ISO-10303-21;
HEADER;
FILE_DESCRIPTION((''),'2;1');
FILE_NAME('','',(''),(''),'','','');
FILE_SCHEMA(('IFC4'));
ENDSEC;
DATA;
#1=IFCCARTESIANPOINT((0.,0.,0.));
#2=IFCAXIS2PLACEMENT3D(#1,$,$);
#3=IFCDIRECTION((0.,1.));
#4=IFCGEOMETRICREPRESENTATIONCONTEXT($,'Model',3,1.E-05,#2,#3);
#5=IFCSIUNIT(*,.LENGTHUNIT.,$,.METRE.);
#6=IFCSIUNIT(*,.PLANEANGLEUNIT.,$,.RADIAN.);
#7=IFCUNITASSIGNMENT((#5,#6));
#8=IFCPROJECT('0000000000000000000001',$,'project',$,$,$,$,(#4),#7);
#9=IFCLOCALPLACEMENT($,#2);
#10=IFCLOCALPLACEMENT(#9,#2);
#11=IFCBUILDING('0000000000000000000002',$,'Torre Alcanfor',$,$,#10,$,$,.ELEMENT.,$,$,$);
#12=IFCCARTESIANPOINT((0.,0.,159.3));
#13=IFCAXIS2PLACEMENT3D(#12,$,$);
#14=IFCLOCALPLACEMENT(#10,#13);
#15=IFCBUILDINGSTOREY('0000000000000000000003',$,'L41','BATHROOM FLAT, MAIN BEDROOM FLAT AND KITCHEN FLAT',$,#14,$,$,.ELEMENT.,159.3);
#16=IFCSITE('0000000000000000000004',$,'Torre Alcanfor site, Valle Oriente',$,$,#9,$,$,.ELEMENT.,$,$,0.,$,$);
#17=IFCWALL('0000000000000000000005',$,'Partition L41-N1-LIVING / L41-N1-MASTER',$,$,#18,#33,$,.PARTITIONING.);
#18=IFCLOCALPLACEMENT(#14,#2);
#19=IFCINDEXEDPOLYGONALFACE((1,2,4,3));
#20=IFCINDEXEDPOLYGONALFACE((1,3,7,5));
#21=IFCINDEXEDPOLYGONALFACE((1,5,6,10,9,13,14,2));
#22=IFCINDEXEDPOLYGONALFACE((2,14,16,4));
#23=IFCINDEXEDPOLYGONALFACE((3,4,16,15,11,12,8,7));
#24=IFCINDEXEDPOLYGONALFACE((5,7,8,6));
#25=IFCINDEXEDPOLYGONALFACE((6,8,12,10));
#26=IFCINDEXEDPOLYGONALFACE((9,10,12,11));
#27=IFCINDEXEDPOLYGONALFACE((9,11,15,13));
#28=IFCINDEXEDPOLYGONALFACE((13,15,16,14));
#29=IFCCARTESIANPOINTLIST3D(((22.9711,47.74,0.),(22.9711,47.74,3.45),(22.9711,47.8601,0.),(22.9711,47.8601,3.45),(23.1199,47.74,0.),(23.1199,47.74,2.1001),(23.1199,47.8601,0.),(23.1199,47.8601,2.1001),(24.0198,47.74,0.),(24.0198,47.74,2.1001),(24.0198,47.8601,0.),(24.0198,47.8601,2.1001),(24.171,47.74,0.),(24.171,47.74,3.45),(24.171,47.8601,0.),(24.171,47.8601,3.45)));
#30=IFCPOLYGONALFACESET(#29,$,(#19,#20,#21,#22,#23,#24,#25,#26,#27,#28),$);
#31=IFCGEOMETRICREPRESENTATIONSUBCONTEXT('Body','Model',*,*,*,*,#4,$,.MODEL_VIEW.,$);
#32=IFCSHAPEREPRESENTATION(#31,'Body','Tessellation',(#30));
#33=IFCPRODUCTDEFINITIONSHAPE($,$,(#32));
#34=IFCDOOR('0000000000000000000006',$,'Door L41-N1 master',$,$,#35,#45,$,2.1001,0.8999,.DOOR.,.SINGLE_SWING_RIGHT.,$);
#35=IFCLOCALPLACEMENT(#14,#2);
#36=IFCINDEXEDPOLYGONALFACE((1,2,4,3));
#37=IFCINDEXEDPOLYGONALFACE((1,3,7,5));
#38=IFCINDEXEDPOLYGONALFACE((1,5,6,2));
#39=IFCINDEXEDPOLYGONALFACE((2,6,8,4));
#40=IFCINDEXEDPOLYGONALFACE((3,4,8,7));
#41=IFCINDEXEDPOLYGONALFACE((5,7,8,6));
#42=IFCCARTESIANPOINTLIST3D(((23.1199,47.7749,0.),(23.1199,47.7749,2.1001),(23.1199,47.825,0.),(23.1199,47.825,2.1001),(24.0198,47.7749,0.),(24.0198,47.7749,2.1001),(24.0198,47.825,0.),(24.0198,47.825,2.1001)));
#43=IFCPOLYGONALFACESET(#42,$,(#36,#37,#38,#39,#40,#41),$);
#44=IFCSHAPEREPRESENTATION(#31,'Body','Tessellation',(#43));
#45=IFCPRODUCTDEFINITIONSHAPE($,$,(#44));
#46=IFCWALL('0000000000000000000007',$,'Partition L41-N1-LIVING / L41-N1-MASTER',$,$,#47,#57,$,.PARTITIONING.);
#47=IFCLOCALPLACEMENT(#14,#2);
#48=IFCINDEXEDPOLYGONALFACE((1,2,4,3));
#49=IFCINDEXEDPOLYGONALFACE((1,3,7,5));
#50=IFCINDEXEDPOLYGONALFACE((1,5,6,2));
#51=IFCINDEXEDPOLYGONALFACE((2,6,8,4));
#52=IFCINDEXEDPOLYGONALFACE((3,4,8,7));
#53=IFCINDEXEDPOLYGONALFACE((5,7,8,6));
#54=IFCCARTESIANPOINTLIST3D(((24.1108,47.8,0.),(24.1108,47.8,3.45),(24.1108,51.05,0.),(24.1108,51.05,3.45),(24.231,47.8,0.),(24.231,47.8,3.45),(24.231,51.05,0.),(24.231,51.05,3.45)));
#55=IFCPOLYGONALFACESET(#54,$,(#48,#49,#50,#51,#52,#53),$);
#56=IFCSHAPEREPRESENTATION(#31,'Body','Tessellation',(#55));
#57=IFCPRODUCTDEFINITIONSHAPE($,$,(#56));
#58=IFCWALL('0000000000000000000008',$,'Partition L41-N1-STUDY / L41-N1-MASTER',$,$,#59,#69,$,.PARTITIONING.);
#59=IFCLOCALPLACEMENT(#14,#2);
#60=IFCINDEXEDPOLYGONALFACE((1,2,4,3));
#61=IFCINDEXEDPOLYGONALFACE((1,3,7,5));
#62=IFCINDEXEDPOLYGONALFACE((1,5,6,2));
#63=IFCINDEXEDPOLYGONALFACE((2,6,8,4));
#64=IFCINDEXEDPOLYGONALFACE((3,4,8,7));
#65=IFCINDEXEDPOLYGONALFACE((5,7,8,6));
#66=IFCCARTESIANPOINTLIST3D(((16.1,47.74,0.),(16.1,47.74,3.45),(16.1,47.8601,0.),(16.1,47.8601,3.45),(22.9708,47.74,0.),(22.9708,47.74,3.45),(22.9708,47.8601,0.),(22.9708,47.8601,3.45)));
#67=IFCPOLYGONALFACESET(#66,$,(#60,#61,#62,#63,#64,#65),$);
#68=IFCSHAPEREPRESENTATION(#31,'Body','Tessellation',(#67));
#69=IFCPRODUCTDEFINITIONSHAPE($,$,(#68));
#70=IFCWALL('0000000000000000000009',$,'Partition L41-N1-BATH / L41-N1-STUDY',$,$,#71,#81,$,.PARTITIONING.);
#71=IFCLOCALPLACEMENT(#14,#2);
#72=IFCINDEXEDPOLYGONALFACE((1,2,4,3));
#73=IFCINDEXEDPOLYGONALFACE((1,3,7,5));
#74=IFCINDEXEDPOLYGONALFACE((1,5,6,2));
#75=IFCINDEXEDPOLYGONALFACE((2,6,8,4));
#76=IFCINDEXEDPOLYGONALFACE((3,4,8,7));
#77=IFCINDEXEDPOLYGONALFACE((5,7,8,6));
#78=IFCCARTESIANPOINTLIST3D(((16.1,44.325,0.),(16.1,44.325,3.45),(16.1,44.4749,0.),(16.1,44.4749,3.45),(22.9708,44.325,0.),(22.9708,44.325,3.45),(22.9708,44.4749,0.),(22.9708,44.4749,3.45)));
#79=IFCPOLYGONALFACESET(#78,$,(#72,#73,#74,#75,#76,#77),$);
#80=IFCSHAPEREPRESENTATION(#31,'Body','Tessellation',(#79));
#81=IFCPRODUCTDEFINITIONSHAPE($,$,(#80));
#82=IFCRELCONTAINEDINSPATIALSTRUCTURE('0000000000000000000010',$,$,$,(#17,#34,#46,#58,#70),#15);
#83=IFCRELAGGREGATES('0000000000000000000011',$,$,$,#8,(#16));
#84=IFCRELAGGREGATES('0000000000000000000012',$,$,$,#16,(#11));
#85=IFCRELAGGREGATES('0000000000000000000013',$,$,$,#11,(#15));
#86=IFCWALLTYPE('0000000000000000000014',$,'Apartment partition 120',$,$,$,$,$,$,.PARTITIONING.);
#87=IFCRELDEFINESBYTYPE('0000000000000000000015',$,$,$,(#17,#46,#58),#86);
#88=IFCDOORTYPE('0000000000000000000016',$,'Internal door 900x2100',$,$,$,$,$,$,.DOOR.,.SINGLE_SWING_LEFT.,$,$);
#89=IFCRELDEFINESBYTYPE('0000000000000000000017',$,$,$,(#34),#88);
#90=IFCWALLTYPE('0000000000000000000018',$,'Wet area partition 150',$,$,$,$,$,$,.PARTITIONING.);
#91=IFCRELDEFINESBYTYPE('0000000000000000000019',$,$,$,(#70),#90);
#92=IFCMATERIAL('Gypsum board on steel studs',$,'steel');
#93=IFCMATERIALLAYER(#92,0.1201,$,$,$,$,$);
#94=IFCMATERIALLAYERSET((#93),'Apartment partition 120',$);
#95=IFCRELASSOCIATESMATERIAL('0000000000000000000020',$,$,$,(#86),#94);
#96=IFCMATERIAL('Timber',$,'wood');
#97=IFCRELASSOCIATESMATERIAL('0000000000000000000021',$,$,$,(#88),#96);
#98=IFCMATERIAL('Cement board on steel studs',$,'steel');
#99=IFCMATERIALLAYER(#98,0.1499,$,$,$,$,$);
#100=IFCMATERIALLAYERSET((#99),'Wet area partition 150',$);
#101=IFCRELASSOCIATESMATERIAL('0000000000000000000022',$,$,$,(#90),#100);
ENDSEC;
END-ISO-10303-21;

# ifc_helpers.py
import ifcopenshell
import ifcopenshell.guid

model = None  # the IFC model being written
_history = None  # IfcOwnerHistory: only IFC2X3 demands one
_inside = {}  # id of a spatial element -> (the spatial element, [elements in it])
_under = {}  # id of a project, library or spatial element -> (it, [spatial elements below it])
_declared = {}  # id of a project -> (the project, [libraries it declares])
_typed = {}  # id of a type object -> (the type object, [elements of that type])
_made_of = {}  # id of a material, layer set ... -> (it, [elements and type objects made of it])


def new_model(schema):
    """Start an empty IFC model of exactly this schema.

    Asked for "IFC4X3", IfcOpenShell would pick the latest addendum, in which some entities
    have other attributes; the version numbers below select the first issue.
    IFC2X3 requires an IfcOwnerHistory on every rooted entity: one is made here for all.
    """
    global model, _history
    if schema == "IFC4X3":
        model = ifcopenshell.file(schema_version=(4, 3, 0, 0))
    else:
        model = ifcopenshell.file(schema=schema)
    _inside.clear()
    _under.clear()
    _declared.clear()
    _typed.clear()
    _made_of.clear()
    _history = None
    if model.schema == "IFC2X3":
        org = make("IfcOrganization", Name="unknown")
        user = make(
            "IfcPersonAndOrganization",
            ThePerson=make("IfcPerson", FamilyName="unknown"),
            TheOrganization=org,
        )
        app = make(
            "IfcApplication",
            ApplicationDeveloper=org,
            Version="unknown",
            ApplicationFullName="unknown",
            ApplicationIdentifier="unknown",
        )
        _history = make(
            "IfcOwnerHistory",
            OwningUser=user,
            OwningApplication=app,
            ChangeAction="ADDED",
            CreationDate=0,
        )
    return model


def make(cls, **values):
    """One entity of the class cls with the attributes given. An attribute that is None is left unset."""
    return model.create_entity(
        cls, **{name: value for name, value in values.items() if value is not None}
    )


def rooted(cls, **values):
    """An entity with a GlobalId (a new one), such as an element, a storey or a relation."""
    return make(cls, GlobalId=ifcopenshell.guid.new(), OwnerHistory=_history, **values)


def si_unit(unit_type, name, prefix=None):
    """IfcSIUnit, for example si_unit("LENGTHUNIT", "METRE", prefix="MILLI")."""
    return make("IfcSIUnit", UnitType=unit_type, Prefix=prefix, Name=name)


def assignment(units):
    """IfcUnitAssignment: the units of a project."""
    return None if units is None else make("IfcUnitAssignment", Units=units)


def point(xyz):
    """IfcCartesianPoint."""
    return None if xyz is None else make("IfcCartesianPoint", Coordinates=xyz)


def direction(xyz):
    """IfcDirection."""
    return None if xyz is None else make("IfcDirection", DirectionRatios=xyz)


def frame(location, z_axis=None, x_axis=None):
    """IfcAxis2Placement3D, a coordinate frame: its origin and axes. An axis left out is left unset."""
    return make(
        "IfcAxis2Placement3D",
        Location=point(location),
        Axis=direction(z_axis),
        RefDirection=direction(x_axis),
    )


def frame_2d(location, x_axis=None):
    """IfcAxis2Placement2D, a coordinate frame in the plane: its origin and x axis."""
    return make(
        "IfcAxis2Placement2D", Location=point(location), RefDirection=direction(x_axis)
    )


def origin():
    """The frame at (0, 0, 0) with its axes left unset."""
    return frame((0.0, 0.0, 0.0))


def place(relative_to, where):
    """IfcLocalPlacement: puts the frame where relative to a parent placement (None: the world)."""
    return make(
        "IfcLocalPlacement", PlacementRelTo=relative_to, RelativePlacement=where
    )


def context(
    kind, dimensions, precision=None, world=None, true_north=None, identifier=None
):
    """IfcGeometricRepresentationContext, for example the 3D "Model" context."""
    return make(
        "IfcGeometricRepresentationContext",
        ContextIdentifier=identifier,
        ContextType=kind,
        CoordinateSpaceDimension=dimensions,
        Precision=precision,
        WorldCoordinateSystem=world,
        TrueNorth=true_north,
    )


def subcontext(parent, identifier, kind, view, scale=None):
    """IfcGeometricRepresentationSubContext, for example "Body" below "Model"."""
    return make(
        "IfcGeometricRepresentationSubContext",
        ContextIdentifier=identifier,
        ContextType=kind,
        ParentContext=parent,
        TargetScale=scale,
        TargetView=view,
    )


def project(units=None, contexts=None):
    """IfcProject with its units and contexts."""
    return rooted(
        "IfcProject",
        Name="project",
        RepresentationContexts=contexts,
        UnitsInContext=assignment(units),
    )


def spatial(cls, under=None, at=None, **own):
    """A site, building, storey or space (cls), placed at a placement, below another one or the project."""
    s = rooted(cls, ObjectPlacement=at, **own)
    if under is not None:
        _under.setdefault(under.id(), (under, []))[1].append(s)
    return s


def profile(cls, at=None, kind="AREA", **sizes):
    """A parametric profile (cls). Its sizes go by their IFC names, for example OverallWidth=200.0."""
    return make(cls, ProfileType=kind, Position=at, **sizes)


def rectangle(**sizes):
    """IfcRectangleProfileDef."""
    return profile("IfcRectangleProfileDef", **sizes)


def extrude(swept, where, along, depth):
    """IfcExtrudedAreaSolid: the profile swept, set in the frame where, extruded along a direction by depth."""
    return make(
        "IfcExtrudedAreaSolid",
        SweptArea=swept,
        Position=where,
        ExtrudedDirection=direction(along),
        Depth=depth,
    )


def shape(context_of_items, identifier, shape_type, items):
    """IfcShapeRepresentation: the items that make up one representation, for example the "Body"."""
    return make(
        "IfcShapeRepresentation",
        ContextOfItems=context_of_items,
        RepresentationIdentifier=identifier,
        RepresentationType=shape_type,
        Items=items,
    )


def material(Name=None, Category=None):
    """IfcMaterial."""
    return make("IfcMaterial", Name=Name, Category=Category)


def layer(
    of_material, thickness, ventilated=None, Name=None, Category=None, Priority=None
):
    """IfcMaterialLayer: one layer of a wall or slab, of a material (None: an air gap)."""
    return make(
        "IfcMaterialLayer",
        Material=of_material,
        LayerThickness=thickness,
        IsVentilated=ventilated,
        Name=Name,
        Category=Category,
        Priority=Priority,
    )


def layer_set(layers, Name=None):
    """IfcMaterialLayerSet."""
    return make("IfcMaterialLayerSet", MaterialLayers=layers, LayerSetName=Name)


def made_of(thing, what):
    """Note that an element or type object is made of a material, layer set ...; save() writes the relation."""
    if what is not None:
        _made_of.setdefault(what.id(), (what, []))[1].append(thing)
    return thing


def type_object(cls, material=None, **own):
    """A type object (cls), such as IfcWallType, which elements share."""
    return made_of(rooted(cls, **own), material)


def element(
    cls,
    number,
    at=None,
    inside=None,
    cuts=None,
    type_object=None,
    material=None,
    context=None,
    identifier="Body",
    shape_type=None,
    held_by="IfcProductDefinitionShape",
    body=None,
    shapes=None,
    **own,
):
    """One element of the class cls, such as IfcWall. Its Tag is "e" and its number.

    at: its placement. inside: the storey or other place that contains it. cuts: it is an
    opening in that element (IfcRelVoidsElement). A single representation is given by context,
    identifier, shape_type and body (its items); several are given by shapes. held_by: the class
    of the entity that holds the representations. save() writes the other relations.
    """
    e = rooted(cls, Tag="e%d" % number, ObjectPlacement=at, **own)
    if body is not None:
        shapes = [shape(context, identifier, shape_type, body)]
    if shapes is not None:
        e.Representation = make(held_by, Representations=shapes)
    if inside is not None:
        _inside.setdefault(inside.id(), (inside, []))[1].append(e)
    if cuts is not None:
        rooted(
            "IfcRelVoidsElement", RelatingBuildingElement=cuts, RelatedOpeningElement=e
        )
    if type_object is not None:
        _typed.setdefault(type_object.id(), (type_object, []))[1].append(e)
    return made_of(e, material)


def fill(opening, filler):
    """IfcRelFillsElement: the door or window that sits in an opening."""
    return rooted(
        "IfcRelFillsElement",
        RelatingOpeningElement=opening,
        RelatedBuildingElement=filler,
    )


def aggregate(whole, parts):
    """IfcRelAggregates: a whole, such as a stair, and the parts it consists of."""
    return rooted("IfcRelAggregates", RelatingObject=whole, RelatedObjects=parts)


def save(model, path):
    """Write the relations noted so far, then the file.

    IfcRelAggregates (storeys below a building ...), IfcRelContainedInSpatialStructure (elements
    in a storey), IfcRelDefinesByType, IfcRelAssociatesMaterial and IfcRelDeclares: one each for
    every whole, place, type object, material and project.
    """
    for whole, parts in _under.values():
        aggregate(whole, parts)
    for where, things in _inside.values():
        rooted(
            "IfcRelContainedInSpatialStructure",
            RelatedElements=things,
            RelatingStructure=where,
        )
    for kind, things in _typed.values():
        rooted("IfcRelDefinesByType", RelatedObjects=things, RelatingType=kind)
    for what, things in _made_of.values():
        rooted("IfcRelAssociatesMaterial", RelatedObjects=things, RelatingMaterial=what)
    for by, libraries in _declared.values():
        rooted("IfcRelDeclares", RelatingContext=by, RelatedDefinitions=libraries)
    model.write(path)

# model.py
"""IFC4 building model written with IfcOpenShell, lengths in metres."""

from ifc_helpers import new_model, si_unit, direction, frame, frame_2d, origin, place, context, subcontext, project, spatial, rectangle, extrude, material, layer, layer_set, type_object, element, fill, save


model = new_model("IFC4")

# Units and contexts
model_context = context("Model", 3, precision=1e-05, world=origin(), true_north=direction((0.0, 1.0)))
body_context = subcontext(model_context, "Body", "Model", "MODEL_VIEW")
ifc_project = project(units=[si_unit("LENGTHUNIT", "METRE"), si_unit("PLANEANGLEUNIT", "RADIAN")], contexts=[model_context])

# Site, building, storey
site_placement = place(None, origin())
site = spatial("IfcSite", under=ifc_project, at=site_placement, Name="Torre Alcanfor site, Valle Oriente", CompositionType="ELEMENT", RefElevation=0.0)
building_placement = place(site_placement, origin())
building = spatial("IfcBuilding", under=site, at=building_placement, Name="Torre Alcanfor", CompositionType="ELEMENT")
storey_placement = place(building_placement, frame((0.0, 0.0, 159.3)))
storey = spatial("IfcBuildingStorey", under=building, at=storey_placement, Name="L41", Description="BATHROOM FLAT, MAIN BEDROOM FLAT AND KITCHEN FLAT", CompositionType="ELEMENT", Elevation=159.3)

# Shared definitions
ifc_material_1 = material(Name="Gypsum board on steel studs", Category="steel")
ifc_layer_1 = layer(ifc_material_1, 0.1201)
ifc_layer_set_1 = layer_set([ifc_layer_1], Name="Apartment partition 120")
wall_type_1 = type_object("IfcWallType", Name="Apartment partition 120", PredefinedType="PARTITIONING", material=ifc_layer_set_1)
ifc_material_2 = material(Name="Timber", Category="wood")
door_type = type_object("IfcDoorType", Name="Internal door 900x2100", OperationType="SINGLE_SWING_LEFT", PredefinedType="DOOR", material=ifc_material_2)

# Wall, opening, door
wall_1_placement = place(storey_placement, frame((22.9709, 47.8, 0.0), z_axis=(0.0, 0.0, 1.0), x_axis=(1.0, 0.0, 0.0)))
wall_1 = element("IfcWall", 1, at=wall_1_placement, inside=storey, type_object=wall_type_1, Name="Partition L41-N1-LIVING / L41-N1-MASTER", PredefinedType="PARTITIONING", context=body_context, shape_type="SweptSolid", body=[
    extrude(rectangle(XDim=1.2, YDim=0.1201, at=frame_2d((0.6001, 0.0))), origin(), (0.0, 0.0, 1.0), 3.45),
])
opening_1_placement = place(wall_1_placement, frame((0.1489, 0.0, 0.0)))
opening_1 = element("IfcOpeningElement", 2, at=opening_1_placement, cuts=wall_1, PredefinedType="OPENING", context=body_context, shape_type="SweptSolid", body=[
    extrude(rectangle(XDim=0.8999, YDim=2.1001, at=frame_2d((0.45, 1.05))), frame((0.0, 0.0701, 0.0), z_axis=(0.0, -1.0, 0.0), x_axis=(1.0, 0.0, 0.0)), (0.0, 0.0, 1.0), 0.1401),
])
door_1_placement = place(opening_1_placement, origin())
door_1 = element("IfcDoor", 3, at=door_1_placement, inside=storey, type_object=door_type, Name="Door L41-N1 master", OperationType="SINGLE_SWING_RIGHT", OverallHeight=2.1001, OverallWidth=0.8999, PredefinedType="DOOR", context=body_context, shape_type="SweptSolid", body=[
    extrude(rectangle(XDim=0.8999, YDim=2.1001, at=frame_2d((0.45, 1.05))), frame((0.0, 0.0249, 0.0), z_axis=(0.0, -1.0, 0.0), x_axis=(1.0, 0.0, 0.0)), (0.0, 0.0, 1.0), 0.05),
])
fill(opening_1, door_1)

# Walls
wall_2_placement = place(storey_placement, frame((24.1709, 47.8, 0.0), z_axis=(0.0, 0.0, 1.0), x_axis=(0.0, 1.0, 0.0)))
element("IfcWall", 4, at=wall_2_placement, inside=storey, type_object=wall_type_1, Name="Partition L41-N1-LIVING / L41-N1-MASTER", PredefinedType="PARTITIONING", context=body_context, shape_type="SweptSolid", body=[
    extrude(rectangle(XDim=3.25, YDim=0.1201, at=frame_2d((1.625, 0.0))), origin(), (0.0, 0.0, 1.0), 3.45),
])
wall_3_placement = place(storey_placement, frame((22.9709, 47.8, 0.0), z_axis=(0.0, 0.0, 1.0), x_axis=(-1.0, 0.0, 0.0)))
element("IfcWall", 5, at=wall_3_placement, inside=storey, type_object=wall_type_1, Name="Partition L41-N1-STUDY / L41-N1-MASTER", PredefinedType="PARTITIONING", context=body_context, shape_type="SweptSolid", body=[
    extrude(rectangle(XDim=6.8708, YDim=0.1201, at=frame_2d((3.4355, 0.0))), origin(), (0.0, 0.0, 1.0), 3.45),
])
ifc_material_3 = material(Name="Cement board on steel studs", Category="steel")
ifc_layer_2 = layer(ifc_material_3, 0.1499)
ifc_layer_set_2 = layer_set([ifc_layer_2], Name="Wet area partition 150")
wall_type_2 = type_object("IfcWallType", Name="Wet area partition 150", PredefinedType="PARTITIONING", material=ifc_layer_set_2)
wall_4_placement = place(storey_placement, frame((22.9709, 44.3999, 0.0), z_axis=(0.0, 0.0, 1.0), x_axis=(-1.0, 0.0, 0.0)))
element("IfcWall", 6, at=wall_4_placement, inside=storey, type_object=wall_type_2, Name="Partition L41-N1-BATH / L41-N1-STUDY", PredefinedType="PARTITIONING", context=body_context, shape_type="SweptSolid", body=[
    extrude(rectangle(XDim=6.8708, YDim=0.1499, at=frame_2d((3.4355, 0.0))), origin(), (0.0, 0.0, 1.0), 3.45),
])

save(model, "model.ifc")
